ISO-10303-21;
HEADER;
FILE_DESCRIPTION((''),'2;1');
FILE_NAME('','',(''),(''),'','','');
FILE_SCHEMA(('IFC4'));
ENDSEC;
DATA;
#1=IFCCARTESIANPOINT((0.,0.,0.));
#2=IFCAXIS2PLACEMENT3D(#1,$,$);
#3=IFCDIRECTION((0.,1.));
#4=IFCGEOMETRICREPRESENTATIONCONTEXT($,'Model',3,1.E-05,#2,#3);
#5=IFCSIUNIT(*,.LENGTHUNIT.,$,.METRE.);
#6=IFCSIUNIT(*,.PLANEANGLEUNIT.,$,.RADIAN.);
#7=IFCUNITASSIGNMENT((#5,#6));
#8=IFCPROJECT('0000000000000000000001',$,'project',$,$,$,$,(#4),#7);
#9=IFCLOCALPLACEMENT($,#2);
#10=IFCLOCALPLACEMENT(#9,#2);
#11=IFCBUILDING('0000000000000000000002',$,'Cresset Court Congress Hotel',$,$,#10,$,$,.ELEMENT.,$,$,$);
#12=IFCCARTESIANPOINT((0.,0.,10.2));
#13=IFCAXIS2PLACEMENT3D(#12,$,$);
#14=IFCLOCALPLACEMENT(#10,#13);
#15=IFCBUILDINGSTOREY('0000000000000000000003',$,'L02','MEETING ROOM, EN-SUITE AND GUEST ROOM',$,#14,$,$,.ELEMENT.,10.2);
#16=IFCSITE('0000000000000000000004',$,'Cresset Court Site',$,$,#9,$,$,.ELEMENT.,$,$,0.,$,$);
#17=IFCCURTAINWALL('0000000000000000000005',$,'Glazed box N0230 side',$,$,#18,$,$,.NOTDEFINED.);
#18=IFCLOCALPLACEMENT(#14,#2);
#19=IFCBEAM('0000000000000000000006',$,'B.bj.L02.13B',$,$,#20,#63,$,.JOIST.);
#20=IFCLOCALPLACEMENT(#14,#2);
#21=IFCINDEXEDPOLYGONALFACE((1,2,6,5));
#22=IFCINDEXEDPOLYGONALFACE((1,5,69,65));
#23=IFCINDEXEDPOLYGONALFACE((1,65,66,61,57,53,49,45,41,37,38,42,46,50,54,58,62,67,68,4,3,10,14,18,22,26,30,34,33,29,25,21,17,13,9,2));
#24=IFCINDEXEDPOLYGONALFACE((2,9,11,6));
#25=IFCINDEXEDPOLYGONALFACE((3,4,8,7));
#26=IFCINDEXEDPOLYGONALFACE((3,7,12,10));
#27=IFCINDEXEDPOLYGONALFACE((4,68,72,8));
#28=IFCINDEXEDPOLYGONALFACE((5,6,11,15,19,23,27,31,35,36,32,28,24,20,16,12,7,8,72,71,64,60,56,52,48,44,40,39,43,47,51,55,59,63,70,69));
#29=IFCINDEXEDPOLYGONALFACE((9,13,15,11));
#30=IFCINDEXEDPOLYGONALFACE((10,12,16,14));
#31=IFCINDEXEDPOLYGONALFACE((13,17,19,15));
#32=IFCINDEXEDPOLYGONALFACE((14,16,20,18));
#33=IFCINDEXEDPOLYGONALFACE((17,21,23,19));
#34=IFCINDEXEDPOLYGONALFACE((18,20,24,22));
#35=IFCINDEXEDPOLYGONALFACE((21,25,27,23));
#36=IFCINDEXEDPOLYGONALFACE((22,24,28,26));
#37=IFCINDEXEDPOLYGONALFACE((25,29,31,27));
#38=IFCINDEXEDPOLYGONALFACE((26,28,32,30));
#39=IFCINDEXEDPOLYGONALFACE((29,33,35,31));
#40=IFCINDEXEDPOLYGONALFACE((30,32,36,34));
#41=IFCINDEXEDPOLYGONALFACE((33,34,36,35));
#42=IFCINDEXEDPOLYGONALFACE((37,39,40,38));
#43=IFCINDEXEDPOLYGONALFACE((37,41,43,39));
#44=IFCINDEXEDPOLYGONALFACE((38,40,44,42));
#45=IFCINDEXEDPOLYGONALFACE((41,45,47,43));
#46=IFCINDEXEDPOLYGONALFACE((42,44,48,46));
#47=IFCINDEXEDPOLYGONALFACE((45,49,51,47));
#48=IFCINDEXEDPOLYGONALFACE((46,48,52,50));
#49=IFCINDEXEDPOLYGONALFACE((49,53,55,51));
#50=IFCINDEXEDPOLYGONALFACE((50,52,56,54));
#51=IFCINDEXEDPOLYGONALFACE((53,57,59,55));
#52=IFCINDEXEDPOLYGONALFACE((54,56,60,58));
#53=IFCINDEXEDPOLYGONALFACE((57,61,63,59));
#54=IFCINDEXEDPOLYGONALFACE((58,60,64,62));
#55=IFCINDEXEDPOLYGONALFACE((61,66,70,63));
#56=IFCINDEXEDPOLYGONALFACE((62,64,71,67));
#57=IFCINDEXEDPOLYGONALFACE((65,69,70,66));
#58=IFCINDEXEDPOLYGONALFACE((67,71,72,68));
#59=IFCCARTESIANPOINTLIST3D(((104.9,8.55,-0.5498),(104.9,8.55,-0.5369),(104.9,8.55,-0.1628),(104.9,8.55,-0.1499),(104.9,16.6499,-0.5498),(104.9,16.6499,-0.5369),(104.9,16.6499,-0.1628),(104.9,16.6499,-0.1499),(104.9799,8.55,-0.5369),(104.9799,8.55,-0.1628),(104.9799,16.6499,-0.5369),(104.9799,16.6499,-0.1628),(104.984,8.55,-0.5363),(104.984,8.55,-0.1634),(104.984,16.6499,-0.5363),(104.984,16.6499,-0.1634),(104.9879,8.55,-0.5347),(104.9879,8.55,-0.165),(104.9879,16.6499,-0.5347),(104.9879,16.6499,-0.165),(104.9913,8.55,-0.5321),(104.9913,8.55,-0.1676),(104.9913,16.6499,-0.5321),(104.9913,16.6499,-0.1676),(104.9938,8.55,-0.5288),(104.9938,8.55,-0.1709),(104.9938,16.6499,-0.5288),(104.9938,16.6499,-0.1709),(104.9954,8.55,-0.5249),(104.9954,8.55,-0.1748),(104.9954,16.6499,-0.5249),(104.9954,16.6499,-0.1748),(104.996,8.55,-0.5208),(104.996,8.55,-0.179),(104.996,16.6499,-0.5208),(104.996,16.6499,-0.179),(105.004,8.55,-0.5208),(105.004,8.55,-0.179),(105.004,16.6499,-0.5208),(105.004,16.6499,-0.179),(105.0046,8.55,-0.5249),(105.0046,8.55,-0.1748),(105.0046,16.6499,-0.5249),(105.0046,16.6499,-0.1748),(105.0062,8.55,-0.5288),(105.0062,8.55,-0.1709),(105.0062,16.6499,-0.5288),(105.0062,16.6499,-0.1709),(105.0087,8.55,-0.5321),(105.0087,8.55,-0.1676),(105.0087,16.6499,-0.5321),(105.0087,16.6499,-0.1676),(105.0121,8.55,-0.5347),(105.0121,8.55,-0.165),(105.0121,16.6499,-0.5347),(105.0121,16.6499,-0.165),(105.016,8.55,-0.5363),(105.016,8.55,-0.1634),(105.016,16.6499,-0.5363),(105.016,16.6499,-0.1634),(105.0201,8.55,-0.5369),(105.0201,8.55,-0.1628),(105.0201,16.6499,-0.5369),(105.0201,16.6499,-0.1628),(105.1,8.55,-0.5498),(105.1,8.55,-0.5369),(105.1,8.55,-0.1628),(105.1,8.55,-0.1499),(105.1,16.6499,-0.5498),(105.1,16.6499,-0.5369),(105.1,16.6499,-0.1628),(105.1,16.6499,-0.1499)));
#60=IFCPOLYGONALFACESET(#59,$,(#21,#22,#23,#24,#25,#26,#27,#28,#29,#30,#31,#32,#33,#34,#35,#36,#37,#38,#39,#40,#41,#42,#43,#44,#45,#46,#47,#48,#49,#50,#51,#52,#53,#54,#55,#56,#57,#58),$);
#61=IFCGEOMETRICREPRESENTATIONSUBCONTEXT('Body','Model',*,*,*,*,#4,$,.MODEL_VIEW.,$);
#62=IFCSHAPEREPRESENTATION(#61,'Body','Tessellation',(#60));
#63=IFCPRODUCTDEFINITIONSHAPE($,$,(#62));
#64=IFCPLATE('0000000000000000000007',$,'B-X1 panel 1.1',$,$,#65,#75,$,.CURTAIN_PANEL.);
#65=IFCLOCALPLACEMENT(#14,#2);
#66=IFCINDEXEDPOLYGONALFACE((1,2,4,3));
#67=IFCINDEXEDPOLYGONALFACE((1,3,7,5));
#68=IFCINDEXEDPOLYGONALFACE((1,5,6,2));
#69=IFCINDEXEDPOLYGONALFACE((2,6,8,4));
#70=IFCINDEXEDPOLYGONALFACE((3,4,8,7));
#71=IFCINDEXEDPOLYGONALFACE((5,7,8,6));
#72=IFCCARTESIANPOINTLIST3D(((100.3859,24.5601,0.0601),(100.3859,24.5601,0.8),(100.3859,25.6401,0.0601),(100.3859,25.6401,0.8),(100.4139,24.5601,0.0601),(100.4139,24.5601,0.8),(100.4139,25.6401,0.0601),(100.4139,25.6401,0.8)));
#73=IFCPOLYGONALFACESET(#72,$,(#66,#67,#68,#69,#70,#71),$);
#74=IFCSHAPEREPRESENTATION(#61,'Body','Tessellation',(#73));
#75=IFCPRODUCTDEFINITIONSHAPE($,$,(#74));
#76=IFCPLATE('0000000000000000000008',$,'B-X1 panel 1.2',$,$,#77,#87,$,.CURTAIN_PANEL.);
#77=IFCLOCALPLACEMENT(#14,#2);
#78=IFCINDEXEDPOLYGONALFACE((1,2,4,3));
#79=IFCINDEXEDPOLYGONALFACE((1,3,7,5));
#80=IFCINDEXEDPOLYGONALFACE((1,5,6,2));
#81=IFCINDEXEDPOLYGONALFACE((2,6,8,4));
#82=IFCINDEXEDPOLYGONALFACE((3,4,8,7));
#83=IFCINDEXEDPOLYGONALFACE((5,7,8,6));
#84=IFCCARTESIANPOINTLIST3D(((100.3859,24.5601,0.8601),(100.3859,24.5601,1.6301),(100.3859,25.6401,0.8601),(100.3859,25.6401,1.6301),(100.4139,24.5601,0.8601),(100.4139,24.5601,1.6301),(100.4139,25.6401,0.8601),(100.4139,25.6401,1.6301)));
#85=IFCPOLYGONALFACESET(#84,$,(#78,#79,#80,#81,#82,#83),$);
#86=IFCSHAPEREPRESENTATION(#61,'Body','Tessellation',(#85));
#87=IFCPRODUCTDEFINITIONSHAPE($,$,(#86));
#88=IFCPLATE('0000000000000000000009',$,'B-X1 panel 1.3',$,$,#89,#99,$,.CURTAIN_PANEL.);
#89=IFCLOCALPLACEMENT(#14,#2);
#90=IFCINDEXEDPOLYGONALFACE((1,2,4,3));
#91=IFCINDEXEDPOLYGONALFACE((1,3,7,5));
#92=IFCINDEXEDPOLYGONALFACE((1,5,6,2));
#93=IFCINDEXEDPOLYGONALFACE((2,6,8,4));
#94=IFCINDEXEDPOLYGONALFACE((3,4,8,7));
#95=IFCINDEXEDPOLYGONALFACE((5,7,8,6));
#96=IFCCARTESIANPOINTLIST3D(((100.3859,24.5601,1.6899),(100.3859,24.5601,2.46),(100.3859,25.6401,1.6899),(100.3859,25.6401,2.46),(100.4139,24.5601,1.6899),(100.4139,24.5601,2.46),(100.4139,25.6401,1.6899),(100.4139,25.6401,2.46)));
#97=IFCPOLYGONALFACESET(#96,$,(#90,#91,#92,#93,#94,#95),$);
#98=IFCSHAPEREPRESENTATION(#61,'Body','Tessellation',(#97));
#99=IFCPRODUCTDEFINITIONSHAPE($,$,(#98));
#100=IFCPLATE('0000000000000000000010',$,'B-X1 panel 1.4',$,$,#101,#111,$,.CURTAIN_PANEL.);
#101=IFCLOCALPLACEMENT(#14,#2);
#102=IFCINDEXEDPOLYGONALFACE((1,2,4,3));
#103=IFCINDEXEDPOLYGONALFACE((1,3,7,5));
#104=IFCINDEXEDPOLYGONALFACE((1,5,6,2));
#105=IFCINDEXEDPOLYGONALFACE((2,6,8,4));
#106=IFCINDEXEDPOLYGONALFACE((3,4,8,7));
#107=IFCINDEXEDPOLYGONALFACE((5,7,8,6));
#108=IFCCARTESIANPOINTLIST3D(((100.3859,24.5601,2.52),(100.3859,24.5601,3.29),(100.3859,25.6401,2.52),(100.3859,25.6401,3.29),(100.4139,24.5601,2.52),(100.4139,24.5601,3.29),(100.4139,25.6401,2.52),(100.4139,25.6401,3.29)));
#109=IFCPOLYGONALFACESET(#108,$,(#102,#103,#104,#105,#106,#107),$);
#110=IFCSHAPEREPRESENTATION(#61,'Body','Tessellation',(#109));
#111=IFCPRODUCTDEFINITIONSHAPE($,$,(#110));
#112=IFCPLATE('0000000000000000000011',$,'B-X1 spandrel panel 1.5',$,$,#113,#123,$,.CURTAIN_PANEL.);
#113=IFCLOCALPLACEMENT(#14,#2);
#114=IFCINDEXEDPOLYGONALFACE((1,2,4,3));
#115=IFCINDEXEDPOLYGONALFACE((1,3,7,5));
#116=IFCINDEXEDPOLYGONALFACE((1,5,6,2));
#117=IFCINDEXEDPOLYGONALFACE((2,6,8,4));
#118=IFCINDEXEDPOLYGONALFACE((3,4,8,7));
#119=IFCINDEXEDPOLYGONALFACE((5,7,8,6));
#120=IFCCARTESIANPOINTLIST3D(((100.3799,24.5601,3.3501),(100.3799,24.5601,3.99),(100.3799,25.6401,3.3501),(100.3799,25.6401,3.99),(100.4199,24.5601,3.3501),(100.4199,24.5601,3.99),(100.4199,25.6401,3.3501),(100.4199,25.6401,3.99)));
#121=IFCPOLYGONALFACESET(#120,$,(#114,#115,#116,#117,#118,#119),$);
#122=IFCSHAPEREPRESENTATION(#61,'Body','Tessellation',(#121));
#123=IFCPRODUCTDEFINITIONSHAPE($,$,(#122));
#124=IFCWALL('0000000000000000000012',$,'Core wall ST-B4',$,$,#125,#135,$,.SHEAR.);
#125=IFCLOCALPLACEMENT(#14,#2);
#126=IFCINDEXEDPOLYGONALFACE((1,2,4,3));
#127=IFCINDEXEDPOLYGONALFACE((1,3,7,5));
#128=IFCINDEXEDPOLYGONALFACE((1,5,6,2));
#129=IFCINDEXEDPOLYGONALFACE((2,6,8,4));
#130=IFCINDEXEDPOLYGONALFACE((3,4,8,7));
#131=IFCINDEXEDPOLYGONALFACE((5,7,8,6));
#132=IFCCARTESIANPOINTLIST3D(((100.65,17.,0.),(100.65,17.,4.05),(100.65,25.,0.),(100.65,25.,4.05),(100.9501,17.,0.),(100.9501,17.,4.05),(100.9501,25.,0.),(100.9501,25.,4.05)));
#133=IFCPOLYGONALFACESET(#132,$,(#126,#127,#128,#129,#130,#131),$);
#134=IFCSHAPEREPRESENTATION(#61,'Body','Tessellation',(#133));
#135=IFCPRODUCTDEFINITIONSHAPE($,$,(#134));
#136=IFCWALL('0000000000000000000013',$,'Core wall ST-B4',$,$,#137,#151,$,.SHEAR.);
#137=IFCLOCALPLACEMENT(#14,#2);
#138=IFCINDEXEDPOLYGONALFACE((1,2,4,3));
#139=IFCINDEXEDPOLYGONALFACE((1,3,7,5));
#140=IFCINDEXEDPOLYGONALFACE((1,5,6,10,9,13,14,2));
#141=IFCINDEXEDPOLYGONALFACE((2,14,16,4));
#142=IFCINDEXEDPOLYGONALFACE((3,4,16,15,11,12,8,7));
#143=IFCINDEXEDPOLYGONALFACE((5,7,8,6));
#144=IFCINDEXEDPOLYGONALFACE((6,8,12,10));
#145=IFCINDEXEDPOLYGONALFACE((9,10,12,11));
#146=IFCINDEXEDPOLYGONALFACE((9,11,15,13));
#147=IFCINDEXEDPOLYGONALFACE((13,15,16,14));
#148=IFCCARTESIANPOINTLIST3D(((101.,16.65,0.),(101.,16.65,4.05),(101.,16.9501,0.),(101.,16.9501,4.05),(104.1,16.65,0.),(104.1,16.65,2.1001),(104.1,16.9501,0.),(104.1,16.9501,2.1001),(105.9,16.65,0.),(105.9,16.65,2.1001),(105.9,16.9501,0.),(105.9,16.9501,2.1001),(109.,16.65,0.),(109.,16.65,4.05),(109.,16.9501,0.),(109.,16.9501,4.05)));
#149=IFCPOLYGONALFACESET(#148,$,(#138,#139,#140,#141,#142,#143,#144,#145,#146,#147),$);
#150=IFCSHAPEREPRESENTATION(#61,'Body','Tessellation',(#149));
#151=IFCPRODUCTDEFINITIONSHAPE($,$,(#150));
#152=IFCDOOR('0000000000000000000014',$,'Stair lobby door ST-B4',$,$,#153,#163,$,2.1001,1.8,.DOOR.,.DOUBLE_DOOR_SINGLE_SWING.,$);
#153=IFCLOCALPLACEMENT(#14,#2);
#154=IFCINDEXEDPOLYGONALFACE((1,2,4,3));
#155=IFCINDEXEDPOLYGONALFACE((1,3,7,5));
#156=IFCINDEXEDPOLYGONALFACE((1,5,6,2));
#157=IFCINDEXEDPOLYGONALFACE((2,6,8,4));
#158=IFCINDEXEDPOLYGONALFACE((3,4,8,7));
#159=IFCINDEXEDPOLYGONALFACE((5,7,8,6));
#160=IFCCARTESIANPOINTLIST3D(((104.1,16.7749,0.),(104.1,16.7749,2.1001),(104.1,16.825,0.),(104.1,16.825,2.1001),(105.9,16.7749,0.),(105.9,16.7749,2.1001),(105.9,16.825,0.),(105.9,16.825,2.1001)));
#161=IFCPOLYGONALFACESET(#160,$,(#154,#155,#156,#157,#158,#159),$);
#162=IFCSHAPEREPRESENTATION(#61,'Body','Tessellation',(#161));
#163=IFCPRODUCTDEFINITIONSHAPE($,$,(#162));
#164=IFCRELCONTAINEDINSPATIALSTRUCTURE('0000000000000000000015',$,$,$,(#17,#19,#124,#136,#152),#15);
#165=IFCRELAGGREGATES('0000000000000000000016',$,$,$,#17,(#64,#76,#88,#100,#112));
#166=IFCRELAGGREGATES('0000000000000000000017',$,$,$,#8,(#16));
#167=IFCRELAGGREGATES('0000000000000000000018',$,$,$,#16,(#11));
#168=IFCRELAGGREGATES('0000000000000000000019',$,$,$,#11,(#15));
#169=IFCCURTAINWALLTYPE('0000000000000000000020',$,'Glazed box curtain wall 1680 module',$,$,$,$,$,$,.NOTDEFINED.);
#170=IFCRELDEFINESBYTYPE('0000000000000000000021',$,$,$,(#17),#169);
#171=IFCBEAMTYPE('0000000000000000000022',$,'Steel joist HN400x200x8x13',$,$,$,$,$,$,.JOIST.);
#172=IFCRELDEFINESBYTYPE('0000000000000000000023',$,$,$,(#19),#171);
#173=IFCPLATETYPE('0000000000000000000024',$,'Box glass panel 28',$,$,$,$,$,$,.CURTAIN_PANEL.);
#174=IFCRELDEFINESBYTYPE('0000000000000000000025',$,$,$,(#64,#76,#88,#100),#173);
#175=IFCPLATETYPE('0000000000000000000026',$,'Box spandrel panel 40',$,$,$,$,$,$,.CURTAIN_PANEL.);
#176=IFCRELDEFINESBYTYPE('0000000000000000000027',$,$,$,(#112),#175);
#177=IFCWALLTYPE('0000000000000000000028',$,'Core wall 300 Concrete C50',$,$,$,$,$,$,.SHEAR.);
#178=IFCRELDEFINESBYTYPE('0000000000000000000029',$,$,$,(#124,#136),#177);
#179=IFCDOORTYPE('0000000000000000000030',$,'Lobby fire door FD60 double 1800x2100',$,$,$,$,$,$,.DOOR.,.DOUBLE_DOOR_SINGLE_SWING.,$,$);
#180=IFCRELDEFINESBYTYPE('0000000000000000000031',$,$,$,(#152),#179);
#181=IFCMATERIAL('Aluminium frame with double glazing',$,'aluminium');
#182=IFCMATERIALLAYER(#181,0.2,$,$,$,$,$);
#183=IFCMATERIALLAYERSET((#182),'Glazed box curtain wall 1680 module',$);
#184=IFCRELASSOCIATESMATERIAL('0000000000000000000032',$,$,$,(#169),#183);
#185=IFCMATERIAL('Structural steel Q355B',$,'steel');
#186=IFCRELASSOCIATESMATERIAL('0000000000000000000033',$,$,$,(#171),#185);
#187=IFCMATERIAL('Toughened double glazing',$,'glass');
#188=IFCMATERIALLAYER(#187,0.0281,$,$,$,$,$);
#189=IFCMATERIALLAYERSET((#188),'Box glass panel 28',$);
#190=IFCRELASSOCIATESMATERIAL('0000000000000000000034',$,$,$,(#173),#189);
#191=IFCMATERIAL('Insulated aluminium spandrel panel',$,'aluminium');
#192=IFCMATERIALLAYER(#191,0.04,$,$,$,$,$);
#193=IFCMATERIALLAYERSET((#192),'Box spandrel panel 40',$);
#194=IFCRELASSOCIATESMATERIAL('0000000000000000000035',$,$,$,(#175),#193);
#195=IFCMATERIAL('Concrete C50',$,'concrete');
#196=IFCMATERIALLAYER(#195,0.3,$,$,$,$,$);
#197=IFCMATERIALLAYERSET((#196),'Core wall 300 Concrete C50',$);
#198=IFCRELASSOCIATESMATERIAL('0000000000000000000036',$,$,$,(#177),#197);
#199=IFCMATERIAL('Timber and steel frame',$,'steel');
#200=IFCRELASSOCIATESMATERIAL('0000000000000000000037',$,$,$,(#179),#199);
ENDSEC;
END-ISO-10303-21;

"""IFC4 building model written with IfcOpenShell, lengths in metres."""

from ifc_helpers import new_model, si_unit, direction, frame, frame_2d, origin, origin_2d, place, context, subcontext, project, spatial, rectangle, i_section, extrude, material, layer, layer_set, material_profile, profile_set, type_object, element, fill, aggregate, save


model = new_model("IFC4")

# Units and contexts
model_context = context("Model", 3, precision=1e-05, world=origin(), true_north=direction((0.0, 1.0)))
body_context = subcontext(model_context, "Body", "Model", "MODEL_VIEW")
ifc_project = project(units=[si_unit("LENGTHUNIT", "METRE"), si_unit("PLANEANGLEUNIT", "RADIAN")], contexts=[model_context])

# Site, building, storey
site_placement = place(None, origin())
site = spatial("IfcSite", under=ifc_project, at=site_placement, Name="Cresset Court Site", CompositionType="ELEMENT", RefElevation=0.0)
building_placement = place(site_placement, origin())
building = spatial("IfcBuilding", under=site, at=building_placement, Name="Cresset Court Congress Hotel", CompositionType="ELEMENT")
storey_placement = place(building_placement, frame((0.0, 0.0, 10.2)))
storey = spatial("IfcBuildingStorey", under=building, at=storey_placement, Name="L02", Description="MEETING ROOM, EN-SUITE AND GUEST ROOM", CompositionType="ELEMENT", Elevation=10.2)

# Curtain wall
ifc_material_1 = material(Name="Aluminium frame with double glazing", Category="aluminium")
ifc_layer_1 = layer(ifc_material_1, 0.2)
ifc_layer_set_1 = layer_set([ifc_layer_1], Name="Glazed box curtain wall 1680 module")
curtain_wall_type = type_object("IfcCurtainWallType", Name="Glazed box curtain wall 1680 module", PredefinedType="NOTDEFINED", material=ifc_layer_set_1)
curtain_wall_placement = place(storey_placement, origin())
curtain_wall = element("IfcCurtainWall", 1, at=curtain_wall_placement, inside=storey, type_object=curtain_wall_type, Name="Glazed box N0230 side", PredefinedType="NOTDEFINED")

# Beam
ifc_material_2 = material(Name="Structural steel Q355B", Category="steel")
ifc_material_profile_1 = material_profile(ifc_material_2, i_section(OverallWidth=0.2, OverallDepth=0.3999, WebThickness=0.0081, FlangeThickness=0.0129, FilletRadius=0.0161, at=origin_2d()), Name="HN400x200x8x13")
ifc_profile_set_1 = profile_set([ifc_material_profile_1], Name="Structural steel Q355B")
beam_type_1 = type_object("IfcBeamType", Name="Steel joist HN400x200x8x13", PredefinedType="JOIST", material=ifc_profile_set_1)
beam_1_placement = place(storey_placement, frame((105.0, 8.55, -0.3499), z_axis=(0.0, 1.0, 0.0), x_axis=(-1.0, 0.0, 0.0)))
element("IfcBeam", 2, at=beam_1_placement, inside=storey, type_object=beam_type_1, Name="B.bj.L02.13B", PredefinedType="JOIST", context=body_context, shape_type="SweptSolid", body=[
    extrude(i_section(OverallWidth=0.2, OverallDepth=0.3999, WebThickness=0.0081, FlangeThickness=0.0129, FilletRadius=0.0161, at=origin_2d()), origin(), (0.0, 0.0, 1.0), 8.0999),
])

# Plates
ifc_material_3 = material(Name="Toughened double glazing", Category="glass")
ifc_layer_2 = layer(ifc_material_3, 0.0281)
ifc_layer_set_2 = layer_set([ifc_layer_2], Name="Box glass panel 28")
plate_type_1 = type_object("IfcPlateType", Name="Box glass panel 28", PredefinedType="CURTAIN_PANEL", material=ifc_layer_set_2)
plate_1_placement = place(storey_placement, frame((100.3999, 25.1001, 0.0601), z_axis=(0.0, 0.0, 1.0), x_axis=(0.0, -1.0, 0.0)))
plate_1 = element("IfcPlate", 3, at=plate_1_placement, type_object=plate_type_1, Name="B-X1 panel 1.1", PredefinedType="CURTAIN_PANEL", context=body_context, shape_type="SweptSolid", body=[
    extrude(rectangle(XDim=1.0801, YDim=0.0281, at=origin_2d()), origin(), (0.0, 0.0, 1.0), 0.74),
])
plate_2_placement = place(storey_placement, frame((100.3999, 25.1001, 0.8601), z_axis=(0.0, 0.0, 1.0), x_axis=(0.0, -1.0, 0.0)))
plate_2 = element("IfcPlate", 4, at=plate_2_placement, type_object=plate_type_1, Name="B-X1 panel 1.2", PredefinedType="CURTAIN_PANEL", context=body_context, shape_type="SweptSolid", body=[
    extrude(rectangle(XDim=1.0801, YDim=0.0281, at=origin_2d()), origin(), (0.0, 0.0, 1.0), 0.77),
])
plate_3_placement = place(storey_placement, frame((100.3999, 25.1001, 1.6899), z_axis=(0.0, 0.0, 1.0), x_axis=(0.0, -1.0, 0.0)))
plate_3 = element("IfcPlate", 5, at=plate_3_placement, type_object=plate_type_1, Name="B-X1 panel 1.3", PredefinedType="CURTAIN_PANEL", context=body_context, shape_type="SweptSolid", body=[
    extrude(rectangle(XDim=1.0801, YDim=0.0281, at=origin_2d()), origin(), (0.0, 0.0, 1.0), 0.77),
])
plate_4_placement = place(storey_placement, frame((100.3999, 25.1001, 2.52), z_axis=(0.0, 0.0, 1.0), x_axis=(0.0, -1.0, 0.0)))
plate_4 = element("IfcPlate", 6, at=plate_4_placement, type_object=plate_type_1, Name="B-X1 panel 1.4", PredefinedType="CURTAIN_PANEL", context=body_context, shape_type="SweptSolid", body=[
    extrude(rectangle(XDim=1.0801, YDim=0.0281, at=origin_2d()), origin(), (0.0, 0.0, 1.0), 0.77),
])
ifc_material_4 = material(Name="Insulated aluminium spandrel panel", Category="aluminium")
ifc_layer_3 = layer(ifc_material_4, 0.04)
ifc_layer_set_3 = layer_set([ifc_layer_3], Name="Box spandrel panel 40")
plate_type_2 = type_object("IfcPlateType", Name="Box spandrel panel 40", PredefinedType="CURTAIN_PANEL", material=ifc_layer_set_3)
plate_5_placement = place(storey_placement, frame((100.3999, 25.1001, 3.3501), z_axis=(0.0, 0.0, 1.0), x_axis=(0.0, -1.0, 0.0)))
plate_5 = element("IfcPlate", 7, at=plate_5_placement, type_object=plate_type_2, Name="B-X1 spandrel panel 1.5", PredefinedType="CURTAIN_PANEL", context=body_context, shape_type="SweptSolid", body=[
    extrude(rectangle(XDim=1.0801, YDim=0.04, at=origin_2d()), origin(), (0.0, 0.0, 1.0), 0.6399),
])
aggregate(curtain_wall, [plate_1, plate_2, plate_3, plate_4, plate_5])

# Wall
ifc_material_5 = material(Name="Concrete C50", Category="concrete")
ifc_layer_4 = layer(ifc_material_5, 0.3)
ifc_layer_set_4 = layer_set([ifc_layer_4], Name="Core wall 300 Concrete C50")
wall_type_1 = type_object("IfcWallType", Name="Core wall 300 Concrete C50", PredefinedType="SHEAR", material=ifc_layer_set_4)
wall_1_placement = place(storey_placement, frame((100.8, 17.0, 0.0), z_axis=(0.0, 0.0, 1.0), x_axis=(0.0, 1.0, 0.0)))
element("IfcWall", 8, at=wall_1_placement, inside=storey, type_object=wall_type_1, Name="Core wall ST-B4", PredefinedType="SHEAR", context=body_context, shape_type="SweptSolid", body=[
    extrude(rectangle(XDim=8.0, YDim=0.3, at=frame_2d((4.0, 0.0))), origin(), (0.0, 0.0, 1.0), 4.05),
])

# Wall, opening, door
wall_2_placement = place(storey_placement, frame((101.0, 16.8, 0.0), z_axis=(0.0, 0.0, 1.0), x_axis=(1.0, 0.0, 0.0)))
wall_2 = element("IfcWall", 9, at=wall_2_placement, inside=storey, type_object=wall_type_1, Name="Core wall ST-B4", PredefinedType="SHEAR", context=body_context, shape_type="SweptSolid", body=[
    extrude(rectangle(XDim=8.0, YDim=0.3, at=frame_2d((4.0, 0.0))), origin(), (0.0, 0.0, 1.0), 4.05),
])
opening_1_placement = place(wall_2_placement, frame((3.1001, 0.0, 0.0)))
opening_1 = element("IfcOpeningElement", 10, at=opening_1_placement, cuts=wall_2, PredefinedType="OPENING", context=body_context, shape_type="SweptSolid", body=[
    extrude(rectangle(XDim=1.8, YDim=2.1001, at=frame_2d((0.8999, 1.05))), frame((0.0, 0.1599, 0.0), z_axis=(0.0, -1.0, 0.0), x_axis=(1.0, 0.0, 0.0)), (0.0, 0.0, 1.0), 0.3201),
])
ifc_material_6 = material(Name="Timber and steel frame", Category="steel")
door_type_1 = type_object("IfcDoorType", Name="Lobby fire door FD60 double 1800x2100", OperationType="DOUBLE_DOOR_SINGLE_SWING", PredefinedType="DOOR", material=ifc_material_6)
door_1_placement = place(opening_1_placement, origin())
door_1 = element("IfcDoor", 11, at=door_1_placement, inside=storey, type_object=door_type_1, Name="Stair lobby door ST-B4", OperationType="DOUBLE_DOOR_SINGLE_SWING", OverallHeight=2.1001, OverallWidth=1.8, PredefinedType="DOOR", context=body_context, shape_type="SweptSolid", body=[
    extrude(rectangle(XDim=1.8, YDim=2.1001, at=frame_2d((0.8999, 1.05))), frame((0.0, 0.0249, 0.0), z_axis=(0.0, -1.0, 0.0), x_axis=(1.0, 0.0, 0.0)), (0.0, 0.0, 1.0), 0.05),
])
fill(opening_1, door_1)

save(model, "model.ifc")
